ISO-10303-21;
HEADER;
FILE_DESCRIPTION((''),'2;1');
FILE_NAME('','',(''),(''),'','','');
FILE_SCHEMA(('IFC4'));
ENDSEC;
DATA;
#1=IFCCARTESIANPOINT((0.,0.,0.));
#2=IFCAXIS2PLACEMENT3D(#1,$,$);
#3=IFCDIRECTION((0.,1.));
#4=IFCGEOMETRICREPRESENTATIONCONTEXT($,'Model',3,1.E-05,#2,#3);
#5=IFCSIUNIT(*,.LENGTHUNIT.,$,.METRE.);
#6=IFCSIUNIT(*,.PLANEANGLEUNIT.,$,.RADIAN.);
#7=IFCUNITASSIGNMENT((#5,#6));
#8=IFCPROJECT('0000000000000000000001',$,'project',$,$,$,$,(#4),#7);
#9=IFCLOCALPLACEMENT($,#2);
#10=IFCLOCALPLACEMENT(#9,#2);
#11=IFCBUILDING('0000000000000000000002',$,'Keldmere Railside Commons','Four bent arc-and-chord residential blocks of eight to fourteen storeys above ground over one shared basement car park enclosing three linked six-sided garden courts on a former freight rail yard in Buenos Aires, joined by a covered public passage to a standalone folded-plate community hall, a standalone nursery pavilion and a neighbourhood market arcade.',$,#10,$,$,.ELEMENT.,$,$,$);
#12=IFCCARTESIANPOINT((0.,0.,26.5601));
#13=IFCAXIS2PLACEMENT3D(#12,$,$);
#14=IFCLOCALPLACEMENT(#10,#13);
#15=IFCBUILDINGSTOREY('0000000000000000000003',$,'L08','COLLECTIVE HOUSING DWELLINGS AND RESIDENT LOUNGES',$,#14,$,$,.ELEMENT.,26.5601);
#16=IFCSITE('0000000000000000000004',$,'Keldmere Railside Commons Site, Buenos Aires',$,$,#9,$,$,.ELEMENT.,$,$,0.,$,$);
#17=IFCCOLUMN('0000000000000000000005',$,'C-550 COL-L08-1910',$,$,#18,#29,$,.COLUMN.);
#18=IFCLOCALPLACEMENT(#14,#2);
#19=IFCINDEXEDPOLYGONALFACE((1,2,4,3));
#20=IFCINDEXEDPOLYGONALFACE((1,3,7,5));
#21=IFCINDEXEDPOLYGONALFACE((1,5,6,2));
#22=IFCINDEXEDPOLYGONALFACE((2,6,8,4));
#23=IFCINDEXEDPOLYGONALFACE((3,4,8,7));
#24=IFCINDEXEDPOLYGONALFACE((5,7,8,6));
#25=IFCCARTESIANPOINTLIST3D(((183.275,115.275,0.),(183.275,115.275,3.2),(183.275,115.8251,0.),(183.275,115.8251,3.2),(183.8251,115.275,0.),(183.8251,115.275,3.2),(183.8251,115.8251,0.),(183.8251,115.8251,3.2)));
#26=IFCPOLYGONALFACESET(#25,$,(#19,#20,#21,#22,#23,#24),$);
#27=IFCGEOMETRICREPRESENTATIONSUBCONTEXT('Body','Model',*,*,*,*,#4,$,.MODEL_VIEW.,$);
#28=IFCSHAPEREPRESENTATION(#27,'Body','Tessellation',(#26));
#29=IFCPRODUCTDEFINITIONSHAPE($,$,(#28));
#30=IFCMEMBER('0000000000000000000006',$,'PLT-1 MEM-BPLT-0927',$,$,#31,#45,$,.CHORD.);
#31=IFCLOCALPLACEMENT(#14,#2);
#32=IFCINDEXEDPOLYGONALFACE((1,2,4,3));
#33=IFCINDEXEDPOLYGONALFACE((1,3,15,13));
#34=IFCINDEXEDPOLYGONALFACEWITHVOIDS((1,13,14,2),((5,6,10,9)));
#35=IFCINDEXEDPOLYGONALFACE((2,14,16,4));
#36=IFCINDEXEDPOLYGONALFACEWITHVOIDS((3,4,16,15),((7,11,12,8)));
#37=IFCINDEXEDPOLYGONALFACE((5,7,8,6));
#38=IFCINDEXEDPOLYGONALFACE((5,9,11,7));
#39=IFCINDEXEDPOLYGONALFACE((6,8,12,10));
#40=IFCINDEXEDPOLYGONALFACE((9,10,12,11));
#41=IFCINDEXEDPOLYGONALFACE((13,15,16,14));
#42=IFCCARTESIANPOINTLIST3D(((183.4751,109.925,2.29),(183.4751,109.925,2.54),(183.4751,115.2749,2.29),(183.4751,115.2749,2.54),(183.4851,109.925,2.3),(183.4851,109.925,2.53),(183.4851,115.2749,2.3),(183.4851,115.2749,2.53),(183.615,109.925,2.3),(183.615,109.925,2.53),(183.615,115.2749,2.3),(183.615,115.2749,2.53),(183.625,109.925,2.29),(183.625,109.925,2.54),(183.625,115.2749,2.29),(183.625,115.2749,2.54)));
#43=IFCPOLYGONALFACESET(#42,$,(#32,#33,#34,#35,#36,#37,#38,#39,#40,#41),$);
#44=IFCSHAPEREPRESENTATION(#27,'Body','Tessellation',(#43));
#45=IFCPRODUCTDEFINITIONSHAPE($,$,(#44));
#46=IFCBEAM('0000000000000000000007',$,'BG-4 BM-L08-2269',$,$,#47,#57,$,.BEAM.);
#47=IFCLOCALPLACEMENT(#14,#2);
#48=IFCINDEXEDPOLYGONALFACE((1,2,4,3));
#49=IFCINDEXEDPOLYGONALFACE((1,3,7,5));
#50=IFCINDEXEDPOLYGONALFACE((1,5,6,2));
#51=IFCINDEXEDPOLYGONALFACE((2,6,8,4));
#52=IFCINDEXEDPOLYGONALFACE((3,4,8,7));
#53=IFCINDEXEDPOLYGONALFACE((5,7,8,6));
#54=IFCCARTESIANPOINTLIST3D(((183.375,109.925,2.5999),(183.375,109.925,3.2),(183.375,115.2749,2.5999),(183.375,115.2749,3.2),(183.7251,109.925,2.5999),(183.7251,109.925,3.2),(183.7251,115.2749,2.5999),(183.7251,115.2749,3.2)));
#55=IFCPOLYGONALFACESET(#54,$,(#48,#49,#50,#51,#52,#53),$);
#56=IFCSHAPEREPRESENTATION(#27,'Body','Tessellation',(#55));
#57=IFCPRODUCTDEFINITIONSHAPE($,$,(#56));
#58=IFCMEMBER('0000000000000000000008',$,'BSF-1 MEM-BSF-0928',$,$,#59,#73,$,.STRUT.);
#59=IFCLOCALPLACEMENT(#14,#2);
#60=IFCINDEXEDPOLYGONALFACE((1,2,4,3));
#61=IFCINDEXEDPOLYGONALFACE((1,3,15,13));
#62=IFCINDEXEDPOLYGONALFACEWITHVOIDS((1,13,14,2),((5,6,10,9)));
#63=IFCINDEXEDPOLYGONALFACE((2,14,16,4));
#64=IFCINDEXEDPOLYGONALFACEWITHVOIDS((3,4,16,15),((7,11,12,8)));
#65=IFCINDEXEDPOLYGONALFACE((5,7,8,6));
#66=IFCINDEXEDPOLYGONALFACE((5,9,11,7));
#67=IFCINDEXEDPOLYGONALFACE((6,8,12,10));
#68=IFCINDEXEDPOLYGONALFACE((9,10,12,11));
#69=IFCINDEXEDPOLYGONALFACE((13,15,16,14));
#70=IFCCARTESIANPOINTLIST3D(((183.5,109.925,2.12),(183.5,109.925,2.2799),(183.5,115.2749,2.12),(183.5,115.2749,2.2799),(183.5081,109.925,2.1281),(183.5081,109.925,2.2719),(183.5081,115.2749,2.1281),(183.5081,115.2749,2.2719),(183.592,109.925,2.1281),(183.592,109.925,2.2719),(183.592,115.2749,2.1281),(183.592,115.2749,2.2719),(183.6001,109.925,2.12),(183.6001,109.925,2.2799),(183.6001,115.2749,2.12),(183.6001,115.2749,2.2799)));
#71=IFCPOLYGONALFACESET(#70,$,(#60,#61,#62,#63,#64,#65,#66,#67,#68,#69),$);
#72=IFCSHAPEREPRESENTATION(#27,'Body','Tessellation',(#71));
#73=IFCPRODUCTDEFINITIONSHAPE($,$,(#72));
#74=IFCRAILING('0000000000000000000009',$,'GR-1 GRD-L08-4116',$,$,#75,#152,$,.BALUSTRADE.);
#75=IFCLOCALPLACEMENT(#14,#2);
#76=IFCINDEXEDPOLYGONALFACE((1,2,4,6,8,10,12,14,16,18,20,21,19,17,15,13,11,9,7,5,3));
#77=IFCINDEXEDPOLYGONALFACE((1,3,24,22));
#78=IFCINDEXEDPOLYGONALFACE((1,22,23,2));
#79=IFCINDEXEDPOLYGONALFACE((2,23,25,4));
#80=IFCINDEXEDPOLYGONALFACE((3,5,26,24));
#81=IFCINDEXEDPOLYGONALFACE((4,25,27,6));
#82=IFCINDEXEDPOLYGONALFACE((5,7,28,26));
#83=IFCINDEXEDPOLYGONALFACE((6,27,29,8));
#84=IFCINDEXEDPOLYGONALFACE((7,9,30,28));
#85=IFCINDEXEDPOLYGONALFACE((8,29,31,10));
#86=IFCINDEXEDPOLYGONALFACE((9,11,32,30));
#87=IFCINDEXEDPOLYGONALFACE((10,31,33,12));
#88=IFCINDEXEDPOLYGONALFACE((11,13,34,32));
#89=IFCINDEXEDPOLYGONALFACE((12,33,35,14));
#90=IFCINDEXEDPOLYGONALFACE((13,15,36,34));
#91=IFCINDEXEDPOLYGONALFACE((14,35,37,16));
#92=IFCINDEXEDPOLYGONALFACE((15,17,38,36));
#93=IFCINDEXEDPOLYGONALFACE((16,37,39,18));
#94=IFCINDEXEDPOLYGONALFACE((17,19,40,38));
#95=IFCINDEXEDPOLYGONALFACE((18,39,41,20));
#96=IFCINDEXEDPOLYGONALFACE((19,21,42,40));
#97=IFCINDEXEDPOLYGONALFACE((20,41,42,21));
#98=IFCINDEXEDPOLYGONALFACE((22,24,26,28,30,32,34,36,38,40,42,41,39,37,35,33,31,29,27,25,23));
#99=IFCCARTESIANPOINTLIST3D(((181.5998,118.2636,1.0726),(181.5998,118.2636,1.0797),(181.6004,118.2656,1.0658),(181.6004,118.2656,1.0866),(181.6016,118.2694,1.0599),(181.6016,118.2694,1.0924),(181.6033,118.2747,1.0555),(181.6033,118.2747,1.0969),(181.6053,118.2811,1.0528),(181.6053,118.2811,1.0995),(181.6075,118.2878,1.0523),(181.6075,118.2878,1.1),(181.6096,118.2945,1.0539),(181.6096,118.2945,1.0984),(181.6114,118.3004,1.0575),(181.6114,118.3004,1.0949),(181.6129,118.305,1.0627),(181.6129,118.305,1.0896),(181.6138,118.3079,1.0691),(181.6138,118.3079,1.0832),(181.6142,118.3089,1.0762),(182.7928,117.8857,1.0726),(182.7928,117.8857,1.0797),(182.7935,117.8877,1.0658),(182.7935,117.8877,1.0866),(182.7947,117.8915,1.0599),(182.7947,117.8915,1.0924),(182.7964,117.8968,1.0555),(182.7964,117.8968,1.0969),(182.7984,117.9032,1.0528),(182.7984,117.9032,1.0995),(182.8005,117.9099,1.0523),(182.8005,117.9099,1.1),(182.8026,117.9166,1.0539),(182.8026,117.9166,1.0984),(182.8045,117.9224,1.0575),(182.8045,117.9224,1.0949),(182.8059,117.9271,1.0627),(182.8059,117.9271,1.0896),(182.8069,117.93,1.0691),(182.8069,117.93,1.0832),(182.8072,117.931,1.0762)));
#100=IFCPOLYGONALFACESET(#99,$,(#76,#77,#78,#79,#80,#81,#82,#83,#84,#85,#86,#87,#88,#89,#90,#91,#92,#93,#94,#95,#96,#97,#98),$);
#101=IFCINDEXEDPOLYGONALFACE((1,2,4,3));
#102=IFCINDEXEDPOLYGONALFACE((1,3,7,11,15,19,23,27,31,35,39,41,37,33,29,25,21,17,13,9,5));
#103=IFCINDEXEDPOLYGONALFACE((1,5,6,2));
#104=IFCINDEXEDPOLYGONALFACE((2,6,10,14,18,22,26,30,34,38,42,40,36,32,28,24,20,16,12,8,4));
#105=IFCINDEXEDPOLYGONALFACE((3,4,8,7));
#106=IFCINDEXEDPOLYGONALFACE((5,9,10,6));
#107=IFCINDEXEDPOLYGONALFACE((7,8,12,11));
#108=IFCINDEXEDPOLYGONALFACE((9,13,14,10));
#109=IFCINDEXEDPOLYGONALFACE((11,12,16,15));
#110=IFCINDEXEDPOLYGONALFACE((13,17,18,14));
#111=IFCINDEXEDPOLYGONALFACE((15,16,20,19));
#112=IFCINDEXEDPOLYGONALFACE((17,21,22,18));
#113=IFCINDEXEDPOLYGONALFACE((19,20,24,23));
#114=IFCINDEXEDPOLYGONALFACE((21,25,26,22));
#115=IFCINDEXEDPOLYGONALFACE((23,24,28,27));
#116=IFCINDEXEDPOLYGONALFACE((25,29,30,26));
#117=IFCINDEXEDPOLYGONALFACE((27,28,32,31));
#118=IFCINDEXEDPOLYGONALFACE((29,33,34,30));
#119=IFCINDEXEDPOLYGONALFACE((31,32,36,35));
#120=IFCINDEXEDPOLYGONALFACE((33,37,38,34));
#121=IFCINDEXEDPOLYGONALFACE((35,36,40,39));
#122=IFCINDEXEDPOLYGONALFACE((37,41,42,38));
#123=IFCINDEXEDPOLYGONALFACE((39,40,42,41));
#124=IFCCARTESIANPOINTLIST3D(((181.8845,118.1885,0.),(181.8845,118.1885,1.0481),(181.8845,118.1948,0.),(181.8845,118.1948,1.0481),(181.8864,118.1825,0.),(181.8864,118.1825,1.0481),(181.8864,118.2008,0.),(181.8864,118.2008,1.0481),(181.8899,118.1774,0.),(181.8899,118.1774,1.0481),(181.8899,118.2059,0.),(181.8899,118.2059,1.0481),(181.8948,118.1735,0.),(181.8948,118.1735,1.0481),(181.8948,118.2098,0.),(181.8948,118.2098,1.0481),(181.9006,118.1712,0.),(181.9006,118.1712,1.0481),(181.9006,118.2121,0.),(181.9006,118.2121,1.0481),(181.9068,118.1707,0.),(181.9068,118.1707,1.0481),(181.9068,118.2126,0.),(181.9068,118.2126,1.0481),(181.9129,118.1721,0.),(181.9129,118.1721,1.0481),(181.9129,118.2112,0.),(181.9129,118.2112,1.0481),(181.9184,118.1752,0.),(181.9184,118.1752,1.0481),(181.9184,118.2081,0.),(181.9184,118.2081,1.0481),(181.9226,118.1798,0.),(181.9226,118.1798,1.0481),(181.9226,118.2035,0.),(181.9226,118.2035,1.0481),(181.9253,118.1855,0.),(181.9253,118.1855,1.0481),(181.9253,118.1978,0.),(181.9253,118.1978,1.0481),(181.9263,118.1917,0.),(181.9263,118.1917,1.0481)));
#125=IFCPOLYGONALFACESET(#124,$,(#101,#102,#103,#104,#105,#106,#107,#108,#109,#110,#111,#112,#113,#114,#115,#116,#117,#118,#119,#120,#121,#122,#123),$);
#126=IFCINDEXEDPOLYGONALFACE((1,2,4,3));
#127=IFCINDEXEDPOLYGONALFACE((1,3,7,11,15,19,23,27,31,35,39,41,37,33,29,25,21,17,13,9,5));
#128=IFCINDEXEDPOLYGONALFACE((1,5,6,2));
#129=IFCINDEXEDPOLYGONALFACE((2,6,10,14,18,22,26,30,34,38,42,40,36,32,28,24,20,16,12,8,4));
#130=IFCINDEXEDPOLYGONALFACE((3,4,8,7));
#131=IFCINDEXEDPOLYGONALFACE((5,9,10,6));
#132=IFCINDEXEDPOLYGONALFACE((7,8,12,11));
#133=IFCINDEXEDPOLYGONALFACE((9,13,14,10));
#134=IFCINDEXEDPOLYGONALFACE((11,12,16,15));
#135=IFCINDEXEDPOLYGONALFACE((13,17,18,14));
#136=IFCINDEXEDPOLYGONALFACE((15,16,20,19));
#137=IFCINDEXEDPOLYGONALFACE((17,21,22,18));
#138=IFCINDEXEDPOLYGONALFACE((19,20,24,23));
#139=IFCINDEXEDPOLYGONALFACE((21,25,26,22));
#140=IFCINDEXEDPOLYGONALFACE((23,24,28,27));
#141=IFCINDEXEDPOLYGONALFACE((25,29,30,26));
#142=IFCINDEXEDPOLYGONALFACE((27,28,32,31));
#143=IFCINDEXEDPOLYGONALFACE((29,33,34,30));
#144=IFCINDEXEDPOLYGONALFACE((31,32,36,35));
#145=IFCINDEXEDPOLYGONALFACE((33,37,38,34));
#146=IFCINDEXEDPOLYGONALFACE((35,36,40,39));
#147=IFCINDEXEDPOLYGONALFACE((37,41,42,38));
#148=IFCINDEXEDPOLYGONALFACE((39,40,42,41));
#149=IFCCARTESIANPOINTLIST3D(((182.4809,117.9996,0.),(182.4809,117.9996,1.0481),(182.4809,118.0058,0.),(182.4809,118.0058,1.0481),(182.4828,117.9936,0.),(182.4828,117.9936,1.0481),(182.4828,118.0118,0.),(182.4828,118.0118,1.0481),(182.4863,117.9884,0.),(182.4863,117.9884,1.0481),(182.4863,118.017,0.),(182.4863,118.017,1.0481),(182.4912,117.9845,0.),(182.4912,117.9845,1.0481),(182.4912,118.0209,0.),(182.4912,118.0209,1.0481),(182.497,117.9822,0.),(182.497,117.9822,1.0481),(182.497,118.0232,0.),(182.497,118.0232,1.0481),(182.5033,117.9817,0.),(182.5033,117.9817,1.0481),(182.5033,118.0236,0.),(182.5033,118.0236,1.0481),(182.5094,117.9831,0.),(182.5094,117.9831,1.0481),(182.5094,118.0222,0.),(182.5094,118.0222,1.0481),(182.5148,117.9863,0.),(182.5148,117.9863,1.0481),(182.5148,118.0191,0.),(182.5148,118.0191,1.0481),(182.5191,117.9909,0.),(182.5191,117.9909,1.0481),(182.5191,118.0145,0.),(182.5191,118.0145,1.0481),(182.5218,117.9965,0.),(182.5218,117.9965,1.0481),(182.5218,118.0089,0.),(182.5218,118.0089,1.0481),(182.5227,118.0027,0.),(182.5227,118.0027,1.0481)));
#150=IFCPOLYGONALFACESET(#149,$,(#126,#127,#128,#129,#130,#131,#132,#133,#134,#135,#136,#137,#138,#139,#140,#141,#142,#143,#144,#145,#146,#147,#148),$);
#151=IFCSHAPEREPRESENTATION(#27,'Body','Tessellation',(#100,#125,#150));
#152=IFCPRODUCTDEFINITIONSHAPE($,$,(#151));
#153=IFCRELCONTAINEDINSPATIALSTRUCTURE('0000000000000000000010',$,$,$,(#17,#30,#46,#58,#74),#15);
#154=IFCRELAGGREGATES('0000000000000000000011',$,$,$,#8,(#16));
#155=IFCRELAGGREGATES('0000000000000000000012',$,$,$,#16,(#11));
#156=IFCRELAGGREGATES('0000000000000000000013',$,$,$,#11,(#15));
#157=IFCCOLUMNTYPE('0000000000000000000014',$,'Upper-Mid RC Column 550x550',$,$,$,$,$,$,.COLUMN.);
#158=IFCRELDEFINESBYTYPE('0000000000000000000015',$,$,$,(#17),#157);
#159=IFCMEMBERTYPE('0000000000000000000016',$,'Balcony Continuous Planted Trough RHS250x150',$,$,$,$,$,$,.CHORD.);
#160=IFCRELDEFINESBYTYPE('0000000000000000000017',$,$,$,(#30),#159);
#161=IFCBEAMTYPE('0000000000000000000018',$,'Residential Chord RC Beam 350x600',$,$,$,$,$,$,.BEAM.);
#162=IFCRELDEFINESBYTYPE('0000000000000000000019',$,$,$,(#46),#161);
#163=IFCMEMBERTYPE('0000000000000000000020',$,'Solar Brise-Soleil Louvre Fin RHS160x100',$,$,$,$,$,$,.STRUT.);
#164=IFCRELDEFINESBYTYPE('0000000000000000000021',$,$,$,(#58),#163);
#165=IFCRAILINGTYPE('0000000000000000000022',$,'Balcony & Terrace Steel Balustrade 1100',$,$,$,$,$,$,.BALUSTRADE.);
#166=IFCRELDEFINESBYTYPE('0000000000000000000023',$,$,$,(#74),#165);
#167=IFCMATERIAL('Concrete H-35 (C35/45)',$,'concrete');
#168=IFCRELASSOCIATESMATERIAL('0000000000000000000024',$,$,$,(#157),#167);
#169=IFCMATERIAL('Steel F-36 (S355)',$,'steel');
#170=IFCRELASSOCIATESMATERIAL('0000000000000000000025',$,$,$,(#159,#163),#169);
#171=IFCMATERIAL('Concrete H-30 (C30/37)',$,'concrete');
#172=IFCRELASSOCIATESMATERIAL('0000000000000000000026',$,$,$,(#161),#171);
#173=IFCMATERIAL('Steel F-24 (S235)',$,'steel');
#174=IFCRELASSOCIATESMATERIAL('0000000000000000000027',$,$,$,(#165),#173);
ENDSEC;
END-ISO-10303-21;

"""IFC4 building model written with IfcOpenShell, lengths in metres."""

from ifc_helpers import new_model, si_unit, direction, frame, origin, origin_2d, place, context, subcontext, project, spatial, rectangle, hollow_rectangle, circle, extrude, material, material_profile, profile_set, type_object, element, save


model = new_model("IFC4")

# Units and contexts
model_context = context("Model", 3, precision=1e-05, world=origin(), true_north=direction((0.0, 1.0)))
body_context = subcontext(model_context, "Body", "Model", "MODEL_VIEW")
ifc_project = project(units=[si_unit("LENGTHUNIT", "METRE"), si_unit("PLANEANGLEUNIT", "RADIAN")], contexts=[model_context])

# Site, building, storey
site_placement = place(None, origin())
site = spatial("IfcSite", under=ifc_project, at=site_placement, Name="Keldmere Railside Commons Site, Buenos Aires", CompositionType="ELEMENT", RefElevation=0.0)
building_placement = place(site_placement, origin())
building = spatial("IfcBuilding", under=site, at=building_placement, Name="Keldmere Railside Commons", Description="Four bent arc-and-chord residential blocks of eight to fourteen storeys above ground over one shared basement car park enclosing three linked six-sided garden courts on a former freight rail yard in Buenos Aires, joined by a covered public passage to a standalone folded-plate community hall, a standalone nursery pavilion and a neighbourhood market arcade.", CompositionType="ELEMENT")
storey_placement = place(building_placement, frame((0.0, 0.0, 26.5601)))
storey = spatial("IfcBuildingStorey", under=building, at=storey_placement, Name="L08", Description="COLLECTIVE HOUSING DWELLINGS AND RESIDENT LOUNGES", CompositionType="ELEMENT", Elevation=26.5601)

# Column
ifc_material_1 = material(Name="Concrete H-35 (C35/45)", Category="concrete")
ifc_material_profile_1 = material_profile(ifc_material_1, rectangle(XDim=0.55, YDim=0.55, at=origin_2d()), Name="RC-550x550")
ifc_profile_set_1 = profile_set([ifc_material_profile_1], Name="Concrete H-35 (C35/45)")
column_type = type_object("IfcColumnType", Name="Upper-Mid RC Column 550x550", PredefinedType="COLUMN", material=ifc_profile_set_1)
column_placement = place(storey_placement, frame((183.55, 115.55, 0.0), z_axis=(0.0, 0.0, 1.0), x_axis=(1.0, 0.0, 0.0)))
element("IfcColumn", 1, at=column_placement, inside=storey, type_object=column_type, Name="C-550 COL-L08-1910", PredefinedType="COLUMN", context=body_context, shape_type="SweptSolid", body=[
    extrude(rectangle(XDim=0.55, YDim=0.55, at=origin_2d()), origin(), (0.0, 0.0, 1.0), 3.2),
])

# Member
ifc_material_2 = material(Name="Steel F-36 (S355)", Category="steel")
ifc_material_profile_2 = material_profile(ifc_material_2, hollow_rectangle(XDim=0.1499, YDim=0.25, WallThickness=0.01, at=origin_2d()), Name="RHS-250x150x10")
ifc_profile_set_2 = profile_set([ifc_material_profile_2], Name="Steel F-36 (S355)")
member_type_1 = type_object("IfcMemberType", Name="Balcony Continuous Planted Trough RHS250x150", PredefinedType="CHORD", material=ifc_profile_set_2)
member_1_placement = place(storey_placement, frame((183.55, 109.925, 2.415), z_axis=(0.0, 1.0, 0.0), x_axis=(-1.0, 0.0, 0.0)))
element("IfcMember", 2, at=member_1_placement, inside=storey, type_object=member_type_1, Name="PLT-1 MEM-BPLT-0927", PredefinedType="CHORD", context=body_context, shape_type="SweptSolid", body=[
    extrude(hollow_rectangle(XDim=0.1499, YDim=0.25, WallThickness=0.01, at=origin_2d()), origin(), (0.0, 0.0, 1.0), 5.3499),
])

# Beam
ifc_material_3 = material(Name="Concrete H-30 (C30/37)", Category="concrete")
ifc_material_profile_3 = material_profile(ifc_material_3, rectangle(XDim=0.3501, YDim=0.6001, at=origin_2d()), Name="RC-350x600")
ifc_profile_set_3 = profile_set([ifc_material_profile_3], Name="Concrete H-30 (C30/37)")
beam_type = type_object("IfcBeamType", Name="Residential Chord RC Beam 350x600", PredefinedType="BEAM", material=ifc_profile_set_3)
beam_placement = place(storey_placement, frame((183.55, 109.925, 2.8999), z_axis=(0.0, 1.0, 0.0), x_axis=(-1.0, 0.0, 0.0)))
element("IfcBeam", 3, at=beam_placement, inside=storey, type_object=beam_type, Name="BG-4 BM-L08-2269", PredefinedType="BEAM", context=body_context, shape_type="SweptSolid", body=[
    extrude(rectangle(XDim=0.3501, YDim=0.6001, at=origin_2d()), origin(), (0.0, 0.0, 1.0), 5.3499),
])

# Member
ifc_material_profile_4 = material_profile(ifc_material_2, hollow_rectangle(XDim=0.1001, YDim=0.1599, WallThickness=0.0081, at=origin_2d()), Name="RHS-160x100x8")
ifc_profile_set_4 = profile_set([ifc_material_profile_4], Name="Steel F-36 (S355)")
member_type_2 = type_object("IfcMemberType", Name="Solar Brise-Soleil Louvre Fin RHS160x100", PredefinedType="STRUT", material=ifc_profile_set_4)
member_2_placement = place(storey_placement, frame((183.55, 109.925, 2.2), z_axis=(0.0, 1.0, 0.0), x_axis=(-1.0, 0.0, 0.0)))
element("IfcMember", 4, at=member_2_placement, inside=storey, type_object=member_type_2, Name="BSF-1 MEM-BSF-0928", PredefinedType="STRUT", context=body_context, shape_type="SweptSolid", body=[
    extrude(hollow_rectangle(XDim=0.1001, YDim=0.1599, WallThickness=0.0081, at=origin_2d()), origin(), (0.0, 0.0, 1.0), 5.3499),
])

# Railing
ifc_material_4 = material(Name="Steel F-24 (S235)", Category="steel")
railing_type = type_object("IfcRailingType", Name="Balcony & Terrace Steel Balustrade 1100", PredefinedType="BALUSTRADE", material=ifc_material_4)
railing_1_placement = place(storey_placement, frame((181.6069, 118.2861, 0.0)))
element("IfcRailing", 5, at=railing_1_placement, inside=storey, type_object=railing_type, Name="GR-1 GRD-L08-4116", PredefinedType="BALUSTRADE", context=body_context, shape_type="SweptSolid", body=[
    extrude(circle(Radius=0.0239, at=origin_2d()), frame((0.0, 0.0, 1.0762), z_axis=(0.953317, -0.301971, 0.0), x_axis=(0.301971, 0.953317, 0.0)), (0.0, 0.0, 1.0), 1.2515),
    extrude(circle(Radius=0.021, at=origin_2d()), frame((0.2983, -0.0945, 0.0)), (0.0, 0.0, 1.0), 1.0481),
    extrude(circle(Radius=0.021, at=origin_2d()), frame((0.8948, -0.2834, 0.0)), (0.0, 0.0, 1.0), 1.0481),
])

save(model, "model.ifc")
